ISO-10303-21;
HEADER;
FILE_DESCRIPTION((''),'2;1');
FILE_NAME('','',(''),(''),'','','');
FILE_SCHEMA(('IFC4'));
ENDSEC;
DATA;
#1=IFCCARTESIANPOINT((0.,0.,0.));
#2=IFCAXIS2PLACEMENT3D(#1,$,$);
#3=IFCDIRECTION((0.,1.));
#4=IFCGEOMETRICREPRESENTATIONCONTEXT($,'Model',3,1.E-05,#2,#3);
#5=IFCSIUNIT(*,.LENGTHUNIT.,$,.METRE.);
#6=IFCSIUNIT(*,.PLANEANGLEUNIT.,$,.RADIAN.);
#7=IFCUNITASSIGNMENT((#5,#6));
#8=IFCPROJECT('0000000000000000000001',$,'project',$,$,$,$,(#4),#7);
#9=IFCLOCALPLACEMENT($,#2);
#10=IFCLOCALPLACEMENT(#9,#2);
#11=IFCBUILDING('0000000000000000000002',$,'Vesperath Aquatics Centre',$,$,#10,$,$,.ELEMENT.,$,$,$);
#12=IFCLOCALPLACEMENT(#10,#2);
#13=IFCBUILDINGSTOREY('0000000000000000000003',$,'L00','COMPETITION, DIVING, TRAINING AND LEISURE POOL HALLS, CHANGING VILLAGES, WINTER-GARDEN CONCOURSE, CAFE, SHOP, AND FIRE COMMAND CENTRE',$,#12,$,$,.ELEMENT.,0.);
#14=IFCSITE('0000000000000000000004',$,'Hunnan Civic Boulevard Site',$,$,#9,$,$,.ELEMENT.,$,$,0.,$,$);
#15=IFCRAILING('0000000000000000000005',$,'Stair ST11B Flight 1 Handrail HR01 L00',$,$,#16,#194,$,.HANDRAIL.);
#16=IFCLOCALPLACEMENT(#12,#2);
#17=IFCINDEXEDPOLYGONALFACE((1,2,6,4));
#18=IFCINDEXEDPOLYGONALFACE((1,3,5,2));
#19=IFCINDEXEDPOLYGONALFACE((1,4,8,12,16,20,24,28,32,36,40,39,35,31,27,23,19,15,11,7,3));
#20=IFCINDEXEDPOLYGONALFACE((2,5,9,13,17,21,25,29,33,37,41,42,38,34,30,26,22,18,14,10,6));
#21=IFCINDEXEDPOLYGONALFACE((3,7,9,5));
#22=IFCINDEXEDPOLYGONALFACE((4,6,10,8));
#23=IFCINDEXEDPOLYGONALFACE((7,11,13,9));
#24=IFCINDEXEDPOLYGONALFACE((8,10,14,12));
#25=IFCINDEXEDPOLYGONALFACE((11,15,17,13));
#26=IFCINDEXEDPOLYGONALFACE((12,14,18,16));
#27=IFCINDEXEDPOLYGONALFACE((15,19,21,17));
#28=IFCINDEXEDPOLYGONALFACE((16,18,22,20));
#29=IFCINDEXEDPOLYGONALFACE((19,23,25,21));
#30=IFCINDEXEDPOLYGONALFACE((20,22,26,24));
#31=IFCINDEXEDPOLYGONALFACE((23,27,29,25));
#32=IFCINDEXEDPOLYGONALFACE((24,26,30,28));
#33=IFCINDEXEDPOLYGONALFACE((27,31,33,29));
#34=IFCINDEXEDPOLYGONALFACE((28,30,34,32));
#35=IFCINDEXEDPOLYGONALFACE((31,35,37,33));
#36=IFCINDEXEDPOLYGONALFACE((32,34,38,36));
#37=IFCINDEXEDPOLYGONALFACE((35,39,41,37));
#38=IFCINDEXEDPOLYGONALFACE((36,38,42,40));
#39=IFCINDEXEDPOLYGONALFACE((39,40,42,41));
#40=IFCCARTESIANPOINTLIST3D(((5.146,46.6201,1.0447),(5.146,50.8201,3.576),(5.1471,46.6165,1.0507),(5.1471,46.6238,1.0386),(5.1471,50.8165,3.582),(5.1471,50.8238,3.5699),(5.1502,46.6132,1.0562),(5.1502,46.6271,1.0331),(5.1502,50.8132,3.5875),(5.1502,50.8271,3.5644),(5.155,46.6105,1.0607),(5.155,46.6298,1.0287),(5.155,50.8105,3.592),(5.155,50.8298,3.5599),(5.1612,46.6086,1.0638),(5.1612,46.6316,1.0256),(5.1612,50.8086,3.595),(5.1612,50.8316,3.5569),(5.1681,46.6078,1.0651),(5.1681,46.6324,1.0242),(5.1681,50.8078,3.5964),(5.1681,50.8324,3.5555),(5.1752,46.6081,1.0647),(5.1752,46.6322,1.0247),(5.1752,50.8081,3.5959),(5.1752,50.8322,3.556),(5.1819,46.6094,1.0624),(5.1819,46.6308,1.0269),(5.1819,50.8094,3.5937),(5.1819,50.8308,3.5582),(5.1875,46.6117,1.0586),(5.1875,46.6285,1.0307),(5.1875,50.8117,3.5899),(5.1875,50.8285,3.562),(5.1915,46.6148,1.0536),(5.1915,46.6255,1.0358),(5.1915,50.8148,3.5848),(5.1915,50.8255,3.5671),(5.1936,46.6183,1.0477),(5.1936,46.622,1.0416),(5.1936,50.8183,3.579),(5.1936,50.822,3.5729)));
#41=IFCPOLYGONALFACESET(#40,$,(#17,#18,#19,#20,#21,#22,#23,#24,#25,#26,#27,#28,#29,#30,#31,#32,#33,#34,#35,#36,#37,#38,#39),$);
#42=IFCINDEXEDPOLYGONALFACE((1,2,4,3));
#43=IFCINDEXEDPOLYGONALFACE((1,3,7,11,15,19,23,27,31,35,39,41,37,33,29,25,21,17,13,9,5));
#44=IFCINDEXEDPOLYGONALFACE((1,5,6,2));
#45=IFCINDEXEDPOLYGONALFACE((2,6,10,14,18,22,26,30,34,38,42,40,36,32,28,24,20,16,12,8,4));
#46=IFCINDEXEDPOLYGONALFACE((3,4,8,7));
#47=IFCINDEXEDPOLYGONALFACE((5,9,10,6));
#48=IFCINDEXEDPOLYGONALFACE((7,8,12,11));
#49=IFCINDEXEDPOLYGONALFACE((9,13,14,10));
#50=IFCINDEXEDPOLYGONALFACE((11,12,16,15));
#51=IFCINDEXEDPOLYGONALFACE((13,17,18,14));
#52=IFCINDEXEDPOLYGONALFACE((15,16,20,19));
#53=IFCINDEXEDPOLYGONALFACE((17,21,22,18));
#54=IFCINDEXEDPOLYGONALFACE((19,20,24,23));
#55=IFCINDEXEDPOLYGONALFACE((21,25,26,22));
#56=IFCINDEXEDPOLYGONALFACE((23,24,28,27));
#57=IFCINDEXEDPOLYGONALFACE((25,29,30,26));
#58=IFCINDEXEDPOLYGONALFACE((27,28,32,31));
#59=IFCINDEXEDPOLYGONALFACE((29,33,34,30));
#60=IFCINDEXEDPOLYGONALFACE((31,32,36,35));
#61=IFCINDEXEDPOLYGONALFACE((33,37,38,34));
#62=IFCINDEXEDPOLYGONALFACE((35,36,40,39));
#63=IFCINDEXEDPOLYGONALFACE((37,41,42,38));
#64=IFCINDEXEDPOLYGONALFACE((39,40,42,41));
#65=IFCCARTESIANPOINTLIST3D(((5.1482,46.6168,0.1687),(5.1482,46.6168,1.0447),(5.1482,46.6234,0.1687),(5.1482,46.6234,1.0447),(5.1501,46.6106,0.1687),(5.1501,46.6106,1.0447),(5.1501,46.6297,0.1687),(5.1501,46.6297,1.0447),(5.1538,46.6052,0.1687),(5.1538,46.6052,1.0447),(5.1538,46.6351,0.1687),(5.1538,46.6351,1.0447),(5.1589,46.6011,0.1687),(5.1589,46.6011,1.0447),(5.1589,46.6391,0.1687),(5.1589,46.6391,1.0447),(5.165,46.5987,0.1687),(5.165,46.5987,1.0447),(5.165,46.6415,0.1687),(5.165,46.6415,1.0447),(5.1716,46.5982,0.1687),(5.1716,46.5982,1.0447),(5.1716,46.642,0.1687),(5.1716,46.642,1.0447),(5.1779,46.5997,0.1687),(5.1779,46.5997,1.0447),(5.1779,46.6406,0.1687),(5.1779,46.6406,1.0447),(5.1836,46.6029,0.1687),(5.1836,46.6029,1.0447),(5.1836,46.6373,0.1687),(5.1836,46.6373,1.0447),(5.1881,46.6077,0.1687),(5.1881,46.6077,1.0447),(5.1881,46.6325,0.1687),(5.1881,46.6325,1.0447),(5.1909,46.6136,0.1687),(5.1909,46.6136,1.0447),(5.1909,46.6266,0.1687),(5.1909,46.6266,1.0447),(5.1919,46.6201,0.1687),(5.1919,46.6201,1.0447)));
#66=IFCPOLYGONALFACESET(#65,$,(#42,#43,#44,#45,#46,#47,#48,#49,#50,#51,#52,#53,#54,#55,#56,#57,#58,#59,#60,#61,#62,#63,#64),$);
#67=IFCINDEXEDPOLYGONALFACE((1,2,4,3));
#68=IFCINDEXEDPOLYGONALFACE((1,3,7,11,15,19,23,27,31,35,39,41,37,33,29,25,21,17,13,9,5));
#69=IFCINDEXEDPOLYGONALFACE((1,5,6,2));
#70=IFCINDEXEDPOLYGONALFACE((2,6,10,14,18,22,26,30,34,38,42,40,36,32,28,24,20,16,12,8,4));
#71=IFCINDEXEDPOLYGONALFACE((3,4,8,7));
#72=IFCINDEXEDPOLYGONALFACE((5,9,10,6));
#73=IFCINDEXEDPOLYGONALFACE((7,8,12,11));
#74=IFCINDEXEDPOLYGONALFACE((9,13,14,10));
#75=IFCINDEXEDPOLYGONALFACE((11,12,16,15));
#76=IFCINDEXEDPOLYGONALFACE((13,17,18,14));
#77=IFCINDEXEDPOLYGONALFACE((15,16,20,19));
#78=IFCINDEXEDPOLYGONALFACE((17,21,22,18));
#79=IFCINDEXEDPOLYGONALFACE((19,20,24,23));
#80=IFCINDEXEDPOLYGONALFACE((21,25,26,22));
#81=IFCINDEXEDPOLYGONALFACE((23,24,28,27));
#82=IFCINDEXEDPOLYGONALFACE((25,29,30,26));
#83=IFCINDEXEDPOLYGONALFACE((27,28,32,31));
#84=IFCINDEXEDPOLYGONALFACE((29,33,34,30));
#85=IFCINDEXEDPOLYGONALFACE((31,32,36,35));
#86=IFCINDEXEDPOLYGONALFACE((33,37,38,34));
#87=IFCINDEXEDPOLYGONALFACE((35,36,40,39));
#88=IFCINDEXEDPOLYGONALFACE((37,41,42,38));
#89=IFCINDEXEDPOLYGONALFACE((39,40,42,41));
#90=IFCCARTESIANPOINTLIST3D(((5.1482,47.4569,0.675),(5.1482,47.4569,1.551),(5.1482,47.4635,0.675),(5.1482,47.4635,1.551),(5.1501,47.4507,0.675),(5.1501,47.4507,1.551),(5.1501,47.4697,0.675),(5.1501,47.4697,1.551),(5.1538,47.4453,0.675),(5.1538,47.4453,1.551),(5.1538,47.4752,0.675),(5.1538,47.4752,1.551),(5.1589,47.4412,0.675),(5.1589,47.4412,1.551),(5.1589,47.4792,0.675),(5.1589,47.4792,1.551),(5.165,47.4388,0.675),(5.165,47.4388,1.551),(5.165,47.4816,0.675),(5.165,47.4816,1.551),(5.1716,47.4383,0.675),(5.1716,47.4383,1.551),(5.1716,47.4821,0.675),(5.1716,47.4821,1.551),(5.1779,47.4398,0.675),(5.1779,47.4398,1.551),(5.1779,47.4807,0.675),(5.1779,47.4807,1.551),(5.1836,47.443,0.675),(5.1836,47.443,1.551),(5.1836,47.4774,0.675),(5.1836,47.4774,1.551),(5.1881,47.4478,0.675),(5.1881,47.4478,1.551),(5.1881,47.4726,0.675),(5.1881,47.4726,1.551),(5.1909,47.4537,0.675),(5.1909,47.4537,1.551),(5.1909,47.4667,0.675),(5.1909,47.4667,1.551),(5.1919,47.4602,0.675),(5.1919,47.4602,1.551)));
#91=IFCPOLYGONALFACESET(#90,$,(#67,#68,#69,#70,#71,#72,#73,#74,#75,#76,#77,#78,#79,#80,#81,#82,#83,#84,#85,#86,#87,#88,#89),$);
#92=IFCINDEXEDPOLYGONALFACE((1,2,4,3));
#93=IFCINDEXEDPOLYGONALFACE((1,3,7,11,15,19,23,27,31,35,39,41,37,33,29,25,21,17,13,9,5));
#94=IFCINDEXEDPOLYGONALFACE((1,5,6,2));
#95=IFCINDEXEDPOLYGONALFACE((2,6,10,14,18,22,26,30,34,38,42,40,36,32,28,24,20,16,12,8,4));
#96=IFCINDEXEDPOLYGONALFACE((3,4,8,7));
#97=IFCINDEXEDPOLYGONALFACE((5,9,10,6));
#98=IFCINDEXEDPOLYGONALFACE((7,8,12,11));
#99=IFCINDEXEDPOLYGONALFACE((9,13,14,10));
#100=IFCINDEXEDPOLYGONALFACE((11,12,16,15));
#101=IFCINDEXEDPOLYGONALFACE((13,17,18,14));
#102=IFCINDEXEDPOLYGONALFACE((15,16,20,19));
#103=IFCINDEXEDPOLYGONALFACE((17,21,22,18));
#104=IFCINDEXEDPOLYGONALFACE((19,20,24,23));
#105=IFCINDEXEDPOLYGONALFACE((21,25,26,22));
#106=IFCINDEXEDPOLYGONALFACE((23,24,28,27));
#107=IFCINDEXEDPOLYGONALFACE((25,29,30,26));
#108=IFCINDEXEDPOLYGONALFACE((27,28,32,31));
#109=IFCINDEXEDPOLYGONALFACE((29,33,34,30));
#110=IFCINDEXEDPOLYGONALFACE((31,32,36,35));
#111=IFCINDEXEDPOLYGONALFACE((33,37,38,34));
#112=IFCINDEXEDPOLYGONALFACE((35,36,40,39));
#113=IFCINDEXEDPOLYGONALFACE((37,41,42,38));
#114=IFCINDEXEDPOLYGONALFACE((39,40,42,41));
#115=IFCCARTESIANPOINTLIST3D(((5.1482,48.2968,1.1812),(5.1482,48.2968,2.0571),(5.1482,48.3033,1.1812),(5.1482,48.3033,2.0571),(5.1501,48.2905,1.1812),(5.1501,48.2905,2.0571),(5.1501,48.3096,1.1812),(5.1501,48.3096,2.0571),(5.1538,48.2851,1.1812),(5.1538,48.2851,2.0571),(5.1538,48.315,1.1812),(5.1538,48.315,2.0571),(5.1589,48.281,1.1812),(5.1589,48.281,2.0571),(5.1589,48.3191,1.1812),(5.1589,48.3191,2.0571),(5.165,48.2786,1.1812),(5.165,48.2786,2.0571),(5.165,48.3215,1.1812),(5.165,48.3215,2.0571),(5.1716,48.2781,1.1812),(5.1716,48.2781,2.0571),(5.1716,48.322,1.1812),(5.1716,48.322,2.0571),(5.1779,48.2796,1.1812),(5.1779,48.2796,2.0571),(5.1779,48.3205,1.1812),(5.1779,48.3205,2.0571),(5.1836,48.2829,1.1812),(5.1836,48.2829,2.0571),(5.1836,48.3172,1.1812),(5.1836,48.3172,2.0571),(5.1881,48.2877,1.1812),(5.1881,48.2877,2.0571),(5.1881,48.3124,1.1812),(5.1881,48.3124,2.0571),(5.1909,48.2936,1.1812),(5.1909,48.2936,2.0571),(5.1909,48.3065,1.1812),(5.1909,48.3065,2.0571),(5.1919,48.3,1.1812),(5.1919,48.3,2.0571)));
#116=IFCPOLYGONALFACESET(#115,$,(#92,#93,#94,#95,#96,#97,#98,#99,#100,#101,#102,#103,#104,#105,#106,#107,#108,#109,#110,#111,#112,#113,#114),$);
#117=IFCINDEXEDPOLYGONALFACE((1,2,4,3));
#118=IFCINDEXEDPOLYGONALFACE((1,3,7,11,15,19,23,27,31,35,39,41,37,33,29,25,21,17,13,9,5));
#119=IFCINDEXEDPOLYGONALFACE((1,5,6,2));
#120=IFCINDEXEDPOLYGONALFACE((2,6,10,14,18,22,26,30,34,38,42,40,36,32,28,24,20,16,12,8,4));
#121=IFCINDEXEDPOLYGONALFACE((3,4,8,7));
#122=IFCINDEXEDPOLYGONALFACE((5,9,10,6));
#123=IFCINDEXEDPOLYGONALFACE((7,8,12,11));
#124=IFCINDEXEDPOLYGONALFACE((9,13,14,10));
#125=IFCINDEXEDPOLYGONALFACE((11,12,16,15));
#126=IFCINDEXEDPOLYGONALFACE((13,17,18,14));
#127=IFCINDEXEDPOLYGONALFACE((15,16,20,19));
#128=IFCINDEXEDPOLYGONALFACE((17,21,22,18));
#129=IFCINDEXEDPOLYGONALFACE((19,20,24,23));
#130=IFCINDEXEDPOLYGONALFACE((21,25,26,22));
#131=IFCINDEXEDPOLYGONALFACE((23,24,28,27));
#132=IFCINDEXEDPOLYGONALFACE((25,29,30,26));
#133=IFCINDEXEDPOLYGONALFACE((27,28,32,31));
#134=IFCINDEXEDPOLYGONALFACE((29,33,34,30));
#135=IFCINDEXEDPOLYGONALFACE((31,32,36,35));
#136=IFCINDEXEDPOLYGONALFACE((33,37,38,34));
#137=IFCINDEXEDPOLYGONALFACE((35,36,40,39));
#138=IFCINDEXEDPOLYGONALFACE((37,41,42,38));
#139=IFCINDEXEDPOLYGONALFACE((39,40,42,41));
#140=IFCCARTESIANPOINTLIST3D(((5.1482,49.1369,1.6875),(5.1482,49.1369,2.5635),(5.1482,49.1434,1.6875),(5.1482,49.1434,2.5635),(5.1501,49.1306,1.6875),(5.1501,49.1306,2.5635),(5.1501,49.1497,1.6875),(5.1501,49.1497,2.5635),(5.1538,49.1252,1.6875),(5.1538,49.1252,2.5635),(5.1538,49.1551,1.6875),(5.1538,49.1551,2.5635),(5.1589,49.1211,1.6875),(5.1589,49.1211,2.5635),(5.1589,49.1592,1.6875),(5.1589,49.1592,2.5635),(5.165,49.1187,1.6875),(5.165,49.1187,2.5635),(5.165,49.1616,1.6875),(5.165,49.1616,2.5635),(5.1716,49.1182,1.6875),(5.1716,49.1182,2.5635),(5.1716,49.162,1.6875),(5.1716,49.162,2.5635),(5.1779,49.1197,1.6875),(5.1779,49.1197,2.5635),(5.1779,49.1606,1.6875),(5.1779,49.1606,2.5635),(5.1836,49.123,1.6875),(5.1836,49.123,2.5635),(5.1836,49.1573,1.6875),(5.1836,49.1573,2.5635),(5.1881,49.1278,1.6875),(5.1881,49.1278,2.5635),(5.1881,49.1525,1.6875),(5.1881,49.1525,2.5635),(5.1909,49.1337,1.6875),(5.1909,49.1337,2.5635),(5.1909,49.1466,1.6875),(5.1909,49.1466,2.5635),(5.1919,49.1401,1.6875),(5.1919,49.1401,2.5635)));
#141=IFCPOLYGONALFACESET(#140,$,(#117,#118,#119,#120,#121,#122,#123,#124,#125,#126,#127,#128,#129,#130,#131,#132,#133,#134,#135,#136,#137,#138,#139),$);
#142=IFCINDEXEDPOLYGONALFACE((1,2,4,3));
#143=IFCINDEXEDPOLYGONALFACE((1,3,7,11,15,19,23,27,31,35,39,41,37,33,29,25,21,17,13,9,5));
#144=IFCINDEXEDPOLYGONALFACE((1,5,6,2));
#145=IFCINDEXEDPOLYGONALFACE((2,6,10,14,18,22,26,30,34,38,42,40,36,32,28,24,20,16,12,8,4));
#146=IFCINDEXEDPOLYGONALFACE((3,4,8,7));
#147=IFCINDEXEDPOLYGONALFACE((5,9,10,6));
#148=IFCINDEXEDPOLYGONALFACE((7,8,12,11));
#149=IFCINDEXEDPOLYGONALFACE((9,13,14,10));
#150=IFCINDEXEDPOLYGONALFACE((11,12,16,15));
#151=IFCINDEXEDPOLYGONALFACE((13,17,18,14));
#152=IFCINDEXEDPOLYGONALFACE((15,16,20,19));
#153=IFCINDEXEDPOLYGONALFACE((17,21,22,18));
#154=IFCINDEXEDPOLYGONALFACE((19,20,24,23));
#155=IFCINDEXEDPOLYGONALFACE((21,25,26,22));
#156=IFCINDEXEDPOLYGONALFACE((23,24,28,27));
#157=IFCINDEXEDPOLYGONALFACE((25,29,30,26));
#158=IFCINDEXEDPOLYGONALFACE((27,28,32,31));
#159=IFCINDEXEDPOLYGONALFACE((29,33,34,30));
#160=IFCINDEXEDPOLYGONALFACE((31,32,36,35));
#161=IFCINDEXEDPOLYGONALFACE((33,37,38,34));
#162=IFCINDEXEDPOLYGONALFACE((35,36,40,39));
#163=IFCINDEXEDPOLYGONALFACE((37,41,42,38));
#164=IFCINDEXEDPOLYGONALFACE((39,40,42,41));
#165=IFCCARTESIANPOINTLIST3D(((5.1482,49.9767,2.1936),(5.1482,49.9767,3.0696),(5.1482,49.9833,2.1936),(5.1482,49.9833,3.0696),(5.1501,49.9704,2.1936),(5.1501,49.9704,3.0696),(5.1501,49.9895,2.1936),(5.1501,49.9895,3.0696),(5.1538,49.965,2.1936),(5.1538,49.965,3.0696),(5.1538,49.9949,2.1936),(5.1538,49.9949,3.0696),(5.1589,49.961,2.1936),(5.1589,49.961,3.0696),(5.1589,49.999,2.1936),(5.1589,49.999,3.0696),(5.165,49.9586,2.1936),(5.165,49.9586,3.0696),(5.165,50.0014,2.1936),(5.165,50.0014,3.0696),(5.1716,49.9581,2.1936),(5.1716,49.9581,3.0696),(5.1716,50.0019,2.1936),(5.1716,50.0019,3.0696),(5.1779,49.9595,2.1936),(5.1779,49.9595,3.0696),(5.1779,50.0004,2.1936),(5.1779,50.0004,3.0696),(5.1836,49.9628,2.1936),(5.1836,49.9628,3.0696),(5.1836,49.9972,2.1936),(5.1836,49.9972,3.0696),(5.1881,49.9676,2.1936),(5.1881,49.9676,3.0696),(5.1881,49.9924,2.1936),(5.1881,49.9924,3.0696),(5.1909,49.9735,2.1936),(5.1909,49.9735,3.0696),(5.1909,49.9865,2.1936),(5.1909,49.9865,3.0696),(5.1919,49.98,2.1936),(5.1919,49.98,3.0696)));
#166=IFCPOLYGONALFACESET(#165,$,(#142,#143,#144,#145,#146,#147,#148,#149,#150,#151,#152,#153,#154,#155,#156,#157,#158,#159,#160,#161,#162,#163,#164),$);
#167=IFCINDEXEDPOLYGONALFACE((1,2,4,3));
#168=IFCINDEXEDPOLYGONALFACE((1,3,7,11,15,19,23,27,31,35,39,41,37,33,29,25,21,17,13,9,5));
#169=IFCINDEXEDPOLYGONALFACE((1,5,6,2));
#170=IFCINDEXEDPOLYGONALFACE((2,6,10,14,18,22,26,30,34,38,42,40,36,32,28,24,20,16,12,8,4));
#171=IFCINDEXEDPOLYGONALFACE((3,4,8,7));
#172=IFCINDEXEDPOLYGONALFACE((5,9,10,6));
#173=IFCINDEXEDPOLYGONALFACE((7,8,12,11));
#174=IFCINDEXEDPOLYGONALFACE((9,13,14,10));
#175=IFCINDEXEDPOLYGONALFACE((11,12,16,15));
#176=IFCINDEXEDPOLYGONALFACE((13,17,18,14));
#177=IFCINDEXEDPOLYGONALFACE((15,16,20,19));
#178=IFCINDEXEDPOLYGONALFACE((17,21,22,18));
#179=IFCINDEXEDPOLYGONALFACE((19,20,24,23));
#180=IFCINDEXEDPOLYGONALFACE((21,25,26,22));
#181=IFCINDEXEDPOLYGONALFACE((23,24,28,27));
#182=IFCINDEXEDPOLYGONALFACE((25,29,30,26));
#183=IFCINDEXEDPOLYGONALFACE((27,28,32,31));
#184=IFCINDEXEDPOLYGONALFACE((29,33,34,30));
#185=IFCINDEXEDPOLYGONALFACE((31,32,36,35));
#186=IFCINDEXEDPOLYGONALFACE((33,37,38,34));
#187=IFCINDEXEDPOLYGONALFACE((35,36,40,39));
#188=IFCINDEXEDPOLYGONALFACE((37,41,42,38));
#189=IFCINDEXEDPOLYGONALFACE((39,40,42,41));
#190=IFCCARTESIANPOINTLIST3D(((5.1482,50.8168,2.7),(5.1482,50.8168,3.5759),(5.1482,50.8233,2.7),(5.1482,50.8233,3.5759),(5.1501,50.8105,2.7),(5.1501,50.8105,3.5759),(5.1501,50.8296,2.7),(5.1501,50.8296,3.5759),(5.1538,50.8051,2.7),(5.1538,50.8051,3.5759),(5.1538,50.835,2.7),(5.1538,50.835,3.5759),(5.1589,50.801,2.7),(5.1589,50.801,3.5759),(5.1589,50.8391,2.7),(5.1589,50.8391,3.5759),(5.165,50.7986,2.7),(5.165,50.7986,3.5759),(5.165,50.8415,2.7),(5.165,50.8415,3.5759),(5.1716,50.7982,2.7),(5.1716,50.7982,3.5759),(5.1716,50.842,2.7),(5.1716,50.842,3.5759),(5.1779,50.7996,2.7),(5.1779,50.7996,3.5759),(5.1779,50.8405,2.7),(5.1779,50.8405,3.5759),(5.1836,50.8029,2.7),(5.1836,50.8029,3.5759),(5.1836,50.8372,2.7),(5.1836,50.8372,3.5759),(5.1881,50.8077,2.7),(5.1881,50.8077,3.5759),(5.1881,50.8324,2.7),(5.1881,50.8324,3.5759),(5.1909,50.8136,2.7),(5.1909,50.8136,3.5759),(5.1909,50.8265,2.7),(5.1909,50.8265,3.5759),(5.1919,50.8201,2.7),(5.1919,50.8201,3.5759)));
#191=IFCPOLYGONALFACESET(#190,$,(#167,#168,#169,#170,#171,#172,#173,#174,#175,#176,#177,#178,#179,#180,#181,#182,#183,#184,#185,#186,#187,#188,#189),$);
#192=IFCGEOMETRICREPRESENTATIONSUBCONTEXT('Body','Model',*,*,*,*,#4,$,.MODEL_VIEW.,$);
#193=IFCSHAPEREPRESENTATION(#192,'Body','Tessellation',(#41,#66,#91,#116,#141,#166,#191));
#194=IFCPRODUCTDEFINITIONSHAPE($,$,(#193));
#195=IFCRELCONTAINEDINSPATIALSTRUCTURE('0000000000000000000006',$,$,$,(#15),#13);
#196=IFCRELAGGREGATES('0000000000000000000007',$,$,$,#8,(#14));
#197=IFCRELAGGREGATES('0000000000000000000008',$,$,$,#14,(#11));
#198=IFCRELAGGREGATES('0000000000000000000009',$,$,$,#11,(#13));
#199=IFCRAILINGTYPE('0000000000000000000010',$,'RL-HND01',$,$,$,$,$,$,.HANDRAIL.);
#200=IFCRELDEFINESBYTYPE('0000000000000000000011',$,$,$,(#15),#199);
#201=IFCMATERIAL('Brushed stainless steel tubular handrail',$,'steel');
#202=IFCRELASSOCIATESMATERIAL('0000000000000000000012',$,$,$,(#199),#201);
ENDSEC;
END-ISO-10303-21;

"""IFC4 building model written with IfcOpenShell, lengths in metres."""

from ifc_helpers import new_model, si_unit, direction, frame, origin, origin_2d, place, context, subcontext, project, spatial, circle, extrude, material, type_object, element, save


model = new_model("IFC4")

# Units and contexts
model_context = context("Model", 3, precision=1e-05, world=origin(), true_north=direction((0.0, 1.0)))
body_context = subcontext(model_context, "Body", "Model", "MODEL_VIEW")
ifc_project = project(units=[si_unit("LENGTHUNIT", "METRE"), si_unit("PLANEANGLEUNIT", "RADIAN")], contexts=[model_context])

# Site, building, storey
site_placement = place(None, origin())
site = spatial("IfcSite", under=ifc_project, at=site_placement, Name="Hunnan Civic Boulevard Site", CompositionType="ELEMENT", RefElevation=0.0)
building_placement = place(site_placement, origin())
building = spatial("IfcBuilding", under=site, at=building_placement, Name="Vesperath Aquatics Centre", CompositionType="ELEMENT")
storey_placement = place(building_placement, origin())
storey = spatial("IfcBuildingStorey", under=building, at=storey_placement, Name="L00", Description="COMPETITION, DIVING, TRAINING AND LEISURE POOL HALLS, CHANGING VILLAGES, WINTER-GARDEN CONCOURSE, CAFE, SHOP, AND FIRE COMMAND CENTRE", CompositionType="ELEMENT", Elevation=0.0)

# Railing
ifc_material_1 = material(Name="Brushed stainless steel tubular handrail", Category="steel")
railing_type_1 = type_object("IfcRailingType", Name="RL-HND01", PredefinedType="HANDRAIL", material=ifc_material_1)
railing_1_placement = place(storey_placement, frame((5.1699, 46.6201, 0.1687)))
element("IfcRailing", 1, at=railing_1_placement, inside=storey, type_object=railing_type_1, Name="Stair ST11B Flight 1 Handrail HR01 L00", PredefinedType="HANDRAIL", context=body_context, shape_type="SweptSolid", body=[
    extrude(circle(Radius=0.0239, at=origin_2d()), frame((0.0, 0.0, 0.876), z_axis=(0.0, 0.856476, 0.516186), x_axis=(-1.0, 0.0, 0.0)), (0.0, 0.0, 1.0), 4.9038),
    extrude(circle(Radius=0.022, at=origin_2d()), origin(), (0.0, 0.0, 1.0), 0.876),
    extrude(circle(Radius=0.022, at=origin_2d()), frame((0.0, 0.8401, 0.5063)), (0.0, 0.0, 1.0), 0.876),
    extrude(circle(Radius=0.022, at=origin_2d()), frame((0.0, 1.6799, 1.0125)), (0.0, 0.0, 1.0), 0.876),
    extrude(circle(Radius=0.022, at=origin_2d()), frame((0.0, 2.52, 1.5188)), (0.0, 0.0, 1.0), 0.876),
    extrude(circle(Radius=0.022, at=origin_2d()), frame((0.0, 3.3599, 2.0249)), (0.0, 0.0, 1.0), 0.876),
    extrude(circle(Radius=0.022, at=origin_2d()), frame((0.0, 4.2, 2.5312)), (0.0, 0.0, 1.0), 0.876),
])

save(model, "model.ifc")
